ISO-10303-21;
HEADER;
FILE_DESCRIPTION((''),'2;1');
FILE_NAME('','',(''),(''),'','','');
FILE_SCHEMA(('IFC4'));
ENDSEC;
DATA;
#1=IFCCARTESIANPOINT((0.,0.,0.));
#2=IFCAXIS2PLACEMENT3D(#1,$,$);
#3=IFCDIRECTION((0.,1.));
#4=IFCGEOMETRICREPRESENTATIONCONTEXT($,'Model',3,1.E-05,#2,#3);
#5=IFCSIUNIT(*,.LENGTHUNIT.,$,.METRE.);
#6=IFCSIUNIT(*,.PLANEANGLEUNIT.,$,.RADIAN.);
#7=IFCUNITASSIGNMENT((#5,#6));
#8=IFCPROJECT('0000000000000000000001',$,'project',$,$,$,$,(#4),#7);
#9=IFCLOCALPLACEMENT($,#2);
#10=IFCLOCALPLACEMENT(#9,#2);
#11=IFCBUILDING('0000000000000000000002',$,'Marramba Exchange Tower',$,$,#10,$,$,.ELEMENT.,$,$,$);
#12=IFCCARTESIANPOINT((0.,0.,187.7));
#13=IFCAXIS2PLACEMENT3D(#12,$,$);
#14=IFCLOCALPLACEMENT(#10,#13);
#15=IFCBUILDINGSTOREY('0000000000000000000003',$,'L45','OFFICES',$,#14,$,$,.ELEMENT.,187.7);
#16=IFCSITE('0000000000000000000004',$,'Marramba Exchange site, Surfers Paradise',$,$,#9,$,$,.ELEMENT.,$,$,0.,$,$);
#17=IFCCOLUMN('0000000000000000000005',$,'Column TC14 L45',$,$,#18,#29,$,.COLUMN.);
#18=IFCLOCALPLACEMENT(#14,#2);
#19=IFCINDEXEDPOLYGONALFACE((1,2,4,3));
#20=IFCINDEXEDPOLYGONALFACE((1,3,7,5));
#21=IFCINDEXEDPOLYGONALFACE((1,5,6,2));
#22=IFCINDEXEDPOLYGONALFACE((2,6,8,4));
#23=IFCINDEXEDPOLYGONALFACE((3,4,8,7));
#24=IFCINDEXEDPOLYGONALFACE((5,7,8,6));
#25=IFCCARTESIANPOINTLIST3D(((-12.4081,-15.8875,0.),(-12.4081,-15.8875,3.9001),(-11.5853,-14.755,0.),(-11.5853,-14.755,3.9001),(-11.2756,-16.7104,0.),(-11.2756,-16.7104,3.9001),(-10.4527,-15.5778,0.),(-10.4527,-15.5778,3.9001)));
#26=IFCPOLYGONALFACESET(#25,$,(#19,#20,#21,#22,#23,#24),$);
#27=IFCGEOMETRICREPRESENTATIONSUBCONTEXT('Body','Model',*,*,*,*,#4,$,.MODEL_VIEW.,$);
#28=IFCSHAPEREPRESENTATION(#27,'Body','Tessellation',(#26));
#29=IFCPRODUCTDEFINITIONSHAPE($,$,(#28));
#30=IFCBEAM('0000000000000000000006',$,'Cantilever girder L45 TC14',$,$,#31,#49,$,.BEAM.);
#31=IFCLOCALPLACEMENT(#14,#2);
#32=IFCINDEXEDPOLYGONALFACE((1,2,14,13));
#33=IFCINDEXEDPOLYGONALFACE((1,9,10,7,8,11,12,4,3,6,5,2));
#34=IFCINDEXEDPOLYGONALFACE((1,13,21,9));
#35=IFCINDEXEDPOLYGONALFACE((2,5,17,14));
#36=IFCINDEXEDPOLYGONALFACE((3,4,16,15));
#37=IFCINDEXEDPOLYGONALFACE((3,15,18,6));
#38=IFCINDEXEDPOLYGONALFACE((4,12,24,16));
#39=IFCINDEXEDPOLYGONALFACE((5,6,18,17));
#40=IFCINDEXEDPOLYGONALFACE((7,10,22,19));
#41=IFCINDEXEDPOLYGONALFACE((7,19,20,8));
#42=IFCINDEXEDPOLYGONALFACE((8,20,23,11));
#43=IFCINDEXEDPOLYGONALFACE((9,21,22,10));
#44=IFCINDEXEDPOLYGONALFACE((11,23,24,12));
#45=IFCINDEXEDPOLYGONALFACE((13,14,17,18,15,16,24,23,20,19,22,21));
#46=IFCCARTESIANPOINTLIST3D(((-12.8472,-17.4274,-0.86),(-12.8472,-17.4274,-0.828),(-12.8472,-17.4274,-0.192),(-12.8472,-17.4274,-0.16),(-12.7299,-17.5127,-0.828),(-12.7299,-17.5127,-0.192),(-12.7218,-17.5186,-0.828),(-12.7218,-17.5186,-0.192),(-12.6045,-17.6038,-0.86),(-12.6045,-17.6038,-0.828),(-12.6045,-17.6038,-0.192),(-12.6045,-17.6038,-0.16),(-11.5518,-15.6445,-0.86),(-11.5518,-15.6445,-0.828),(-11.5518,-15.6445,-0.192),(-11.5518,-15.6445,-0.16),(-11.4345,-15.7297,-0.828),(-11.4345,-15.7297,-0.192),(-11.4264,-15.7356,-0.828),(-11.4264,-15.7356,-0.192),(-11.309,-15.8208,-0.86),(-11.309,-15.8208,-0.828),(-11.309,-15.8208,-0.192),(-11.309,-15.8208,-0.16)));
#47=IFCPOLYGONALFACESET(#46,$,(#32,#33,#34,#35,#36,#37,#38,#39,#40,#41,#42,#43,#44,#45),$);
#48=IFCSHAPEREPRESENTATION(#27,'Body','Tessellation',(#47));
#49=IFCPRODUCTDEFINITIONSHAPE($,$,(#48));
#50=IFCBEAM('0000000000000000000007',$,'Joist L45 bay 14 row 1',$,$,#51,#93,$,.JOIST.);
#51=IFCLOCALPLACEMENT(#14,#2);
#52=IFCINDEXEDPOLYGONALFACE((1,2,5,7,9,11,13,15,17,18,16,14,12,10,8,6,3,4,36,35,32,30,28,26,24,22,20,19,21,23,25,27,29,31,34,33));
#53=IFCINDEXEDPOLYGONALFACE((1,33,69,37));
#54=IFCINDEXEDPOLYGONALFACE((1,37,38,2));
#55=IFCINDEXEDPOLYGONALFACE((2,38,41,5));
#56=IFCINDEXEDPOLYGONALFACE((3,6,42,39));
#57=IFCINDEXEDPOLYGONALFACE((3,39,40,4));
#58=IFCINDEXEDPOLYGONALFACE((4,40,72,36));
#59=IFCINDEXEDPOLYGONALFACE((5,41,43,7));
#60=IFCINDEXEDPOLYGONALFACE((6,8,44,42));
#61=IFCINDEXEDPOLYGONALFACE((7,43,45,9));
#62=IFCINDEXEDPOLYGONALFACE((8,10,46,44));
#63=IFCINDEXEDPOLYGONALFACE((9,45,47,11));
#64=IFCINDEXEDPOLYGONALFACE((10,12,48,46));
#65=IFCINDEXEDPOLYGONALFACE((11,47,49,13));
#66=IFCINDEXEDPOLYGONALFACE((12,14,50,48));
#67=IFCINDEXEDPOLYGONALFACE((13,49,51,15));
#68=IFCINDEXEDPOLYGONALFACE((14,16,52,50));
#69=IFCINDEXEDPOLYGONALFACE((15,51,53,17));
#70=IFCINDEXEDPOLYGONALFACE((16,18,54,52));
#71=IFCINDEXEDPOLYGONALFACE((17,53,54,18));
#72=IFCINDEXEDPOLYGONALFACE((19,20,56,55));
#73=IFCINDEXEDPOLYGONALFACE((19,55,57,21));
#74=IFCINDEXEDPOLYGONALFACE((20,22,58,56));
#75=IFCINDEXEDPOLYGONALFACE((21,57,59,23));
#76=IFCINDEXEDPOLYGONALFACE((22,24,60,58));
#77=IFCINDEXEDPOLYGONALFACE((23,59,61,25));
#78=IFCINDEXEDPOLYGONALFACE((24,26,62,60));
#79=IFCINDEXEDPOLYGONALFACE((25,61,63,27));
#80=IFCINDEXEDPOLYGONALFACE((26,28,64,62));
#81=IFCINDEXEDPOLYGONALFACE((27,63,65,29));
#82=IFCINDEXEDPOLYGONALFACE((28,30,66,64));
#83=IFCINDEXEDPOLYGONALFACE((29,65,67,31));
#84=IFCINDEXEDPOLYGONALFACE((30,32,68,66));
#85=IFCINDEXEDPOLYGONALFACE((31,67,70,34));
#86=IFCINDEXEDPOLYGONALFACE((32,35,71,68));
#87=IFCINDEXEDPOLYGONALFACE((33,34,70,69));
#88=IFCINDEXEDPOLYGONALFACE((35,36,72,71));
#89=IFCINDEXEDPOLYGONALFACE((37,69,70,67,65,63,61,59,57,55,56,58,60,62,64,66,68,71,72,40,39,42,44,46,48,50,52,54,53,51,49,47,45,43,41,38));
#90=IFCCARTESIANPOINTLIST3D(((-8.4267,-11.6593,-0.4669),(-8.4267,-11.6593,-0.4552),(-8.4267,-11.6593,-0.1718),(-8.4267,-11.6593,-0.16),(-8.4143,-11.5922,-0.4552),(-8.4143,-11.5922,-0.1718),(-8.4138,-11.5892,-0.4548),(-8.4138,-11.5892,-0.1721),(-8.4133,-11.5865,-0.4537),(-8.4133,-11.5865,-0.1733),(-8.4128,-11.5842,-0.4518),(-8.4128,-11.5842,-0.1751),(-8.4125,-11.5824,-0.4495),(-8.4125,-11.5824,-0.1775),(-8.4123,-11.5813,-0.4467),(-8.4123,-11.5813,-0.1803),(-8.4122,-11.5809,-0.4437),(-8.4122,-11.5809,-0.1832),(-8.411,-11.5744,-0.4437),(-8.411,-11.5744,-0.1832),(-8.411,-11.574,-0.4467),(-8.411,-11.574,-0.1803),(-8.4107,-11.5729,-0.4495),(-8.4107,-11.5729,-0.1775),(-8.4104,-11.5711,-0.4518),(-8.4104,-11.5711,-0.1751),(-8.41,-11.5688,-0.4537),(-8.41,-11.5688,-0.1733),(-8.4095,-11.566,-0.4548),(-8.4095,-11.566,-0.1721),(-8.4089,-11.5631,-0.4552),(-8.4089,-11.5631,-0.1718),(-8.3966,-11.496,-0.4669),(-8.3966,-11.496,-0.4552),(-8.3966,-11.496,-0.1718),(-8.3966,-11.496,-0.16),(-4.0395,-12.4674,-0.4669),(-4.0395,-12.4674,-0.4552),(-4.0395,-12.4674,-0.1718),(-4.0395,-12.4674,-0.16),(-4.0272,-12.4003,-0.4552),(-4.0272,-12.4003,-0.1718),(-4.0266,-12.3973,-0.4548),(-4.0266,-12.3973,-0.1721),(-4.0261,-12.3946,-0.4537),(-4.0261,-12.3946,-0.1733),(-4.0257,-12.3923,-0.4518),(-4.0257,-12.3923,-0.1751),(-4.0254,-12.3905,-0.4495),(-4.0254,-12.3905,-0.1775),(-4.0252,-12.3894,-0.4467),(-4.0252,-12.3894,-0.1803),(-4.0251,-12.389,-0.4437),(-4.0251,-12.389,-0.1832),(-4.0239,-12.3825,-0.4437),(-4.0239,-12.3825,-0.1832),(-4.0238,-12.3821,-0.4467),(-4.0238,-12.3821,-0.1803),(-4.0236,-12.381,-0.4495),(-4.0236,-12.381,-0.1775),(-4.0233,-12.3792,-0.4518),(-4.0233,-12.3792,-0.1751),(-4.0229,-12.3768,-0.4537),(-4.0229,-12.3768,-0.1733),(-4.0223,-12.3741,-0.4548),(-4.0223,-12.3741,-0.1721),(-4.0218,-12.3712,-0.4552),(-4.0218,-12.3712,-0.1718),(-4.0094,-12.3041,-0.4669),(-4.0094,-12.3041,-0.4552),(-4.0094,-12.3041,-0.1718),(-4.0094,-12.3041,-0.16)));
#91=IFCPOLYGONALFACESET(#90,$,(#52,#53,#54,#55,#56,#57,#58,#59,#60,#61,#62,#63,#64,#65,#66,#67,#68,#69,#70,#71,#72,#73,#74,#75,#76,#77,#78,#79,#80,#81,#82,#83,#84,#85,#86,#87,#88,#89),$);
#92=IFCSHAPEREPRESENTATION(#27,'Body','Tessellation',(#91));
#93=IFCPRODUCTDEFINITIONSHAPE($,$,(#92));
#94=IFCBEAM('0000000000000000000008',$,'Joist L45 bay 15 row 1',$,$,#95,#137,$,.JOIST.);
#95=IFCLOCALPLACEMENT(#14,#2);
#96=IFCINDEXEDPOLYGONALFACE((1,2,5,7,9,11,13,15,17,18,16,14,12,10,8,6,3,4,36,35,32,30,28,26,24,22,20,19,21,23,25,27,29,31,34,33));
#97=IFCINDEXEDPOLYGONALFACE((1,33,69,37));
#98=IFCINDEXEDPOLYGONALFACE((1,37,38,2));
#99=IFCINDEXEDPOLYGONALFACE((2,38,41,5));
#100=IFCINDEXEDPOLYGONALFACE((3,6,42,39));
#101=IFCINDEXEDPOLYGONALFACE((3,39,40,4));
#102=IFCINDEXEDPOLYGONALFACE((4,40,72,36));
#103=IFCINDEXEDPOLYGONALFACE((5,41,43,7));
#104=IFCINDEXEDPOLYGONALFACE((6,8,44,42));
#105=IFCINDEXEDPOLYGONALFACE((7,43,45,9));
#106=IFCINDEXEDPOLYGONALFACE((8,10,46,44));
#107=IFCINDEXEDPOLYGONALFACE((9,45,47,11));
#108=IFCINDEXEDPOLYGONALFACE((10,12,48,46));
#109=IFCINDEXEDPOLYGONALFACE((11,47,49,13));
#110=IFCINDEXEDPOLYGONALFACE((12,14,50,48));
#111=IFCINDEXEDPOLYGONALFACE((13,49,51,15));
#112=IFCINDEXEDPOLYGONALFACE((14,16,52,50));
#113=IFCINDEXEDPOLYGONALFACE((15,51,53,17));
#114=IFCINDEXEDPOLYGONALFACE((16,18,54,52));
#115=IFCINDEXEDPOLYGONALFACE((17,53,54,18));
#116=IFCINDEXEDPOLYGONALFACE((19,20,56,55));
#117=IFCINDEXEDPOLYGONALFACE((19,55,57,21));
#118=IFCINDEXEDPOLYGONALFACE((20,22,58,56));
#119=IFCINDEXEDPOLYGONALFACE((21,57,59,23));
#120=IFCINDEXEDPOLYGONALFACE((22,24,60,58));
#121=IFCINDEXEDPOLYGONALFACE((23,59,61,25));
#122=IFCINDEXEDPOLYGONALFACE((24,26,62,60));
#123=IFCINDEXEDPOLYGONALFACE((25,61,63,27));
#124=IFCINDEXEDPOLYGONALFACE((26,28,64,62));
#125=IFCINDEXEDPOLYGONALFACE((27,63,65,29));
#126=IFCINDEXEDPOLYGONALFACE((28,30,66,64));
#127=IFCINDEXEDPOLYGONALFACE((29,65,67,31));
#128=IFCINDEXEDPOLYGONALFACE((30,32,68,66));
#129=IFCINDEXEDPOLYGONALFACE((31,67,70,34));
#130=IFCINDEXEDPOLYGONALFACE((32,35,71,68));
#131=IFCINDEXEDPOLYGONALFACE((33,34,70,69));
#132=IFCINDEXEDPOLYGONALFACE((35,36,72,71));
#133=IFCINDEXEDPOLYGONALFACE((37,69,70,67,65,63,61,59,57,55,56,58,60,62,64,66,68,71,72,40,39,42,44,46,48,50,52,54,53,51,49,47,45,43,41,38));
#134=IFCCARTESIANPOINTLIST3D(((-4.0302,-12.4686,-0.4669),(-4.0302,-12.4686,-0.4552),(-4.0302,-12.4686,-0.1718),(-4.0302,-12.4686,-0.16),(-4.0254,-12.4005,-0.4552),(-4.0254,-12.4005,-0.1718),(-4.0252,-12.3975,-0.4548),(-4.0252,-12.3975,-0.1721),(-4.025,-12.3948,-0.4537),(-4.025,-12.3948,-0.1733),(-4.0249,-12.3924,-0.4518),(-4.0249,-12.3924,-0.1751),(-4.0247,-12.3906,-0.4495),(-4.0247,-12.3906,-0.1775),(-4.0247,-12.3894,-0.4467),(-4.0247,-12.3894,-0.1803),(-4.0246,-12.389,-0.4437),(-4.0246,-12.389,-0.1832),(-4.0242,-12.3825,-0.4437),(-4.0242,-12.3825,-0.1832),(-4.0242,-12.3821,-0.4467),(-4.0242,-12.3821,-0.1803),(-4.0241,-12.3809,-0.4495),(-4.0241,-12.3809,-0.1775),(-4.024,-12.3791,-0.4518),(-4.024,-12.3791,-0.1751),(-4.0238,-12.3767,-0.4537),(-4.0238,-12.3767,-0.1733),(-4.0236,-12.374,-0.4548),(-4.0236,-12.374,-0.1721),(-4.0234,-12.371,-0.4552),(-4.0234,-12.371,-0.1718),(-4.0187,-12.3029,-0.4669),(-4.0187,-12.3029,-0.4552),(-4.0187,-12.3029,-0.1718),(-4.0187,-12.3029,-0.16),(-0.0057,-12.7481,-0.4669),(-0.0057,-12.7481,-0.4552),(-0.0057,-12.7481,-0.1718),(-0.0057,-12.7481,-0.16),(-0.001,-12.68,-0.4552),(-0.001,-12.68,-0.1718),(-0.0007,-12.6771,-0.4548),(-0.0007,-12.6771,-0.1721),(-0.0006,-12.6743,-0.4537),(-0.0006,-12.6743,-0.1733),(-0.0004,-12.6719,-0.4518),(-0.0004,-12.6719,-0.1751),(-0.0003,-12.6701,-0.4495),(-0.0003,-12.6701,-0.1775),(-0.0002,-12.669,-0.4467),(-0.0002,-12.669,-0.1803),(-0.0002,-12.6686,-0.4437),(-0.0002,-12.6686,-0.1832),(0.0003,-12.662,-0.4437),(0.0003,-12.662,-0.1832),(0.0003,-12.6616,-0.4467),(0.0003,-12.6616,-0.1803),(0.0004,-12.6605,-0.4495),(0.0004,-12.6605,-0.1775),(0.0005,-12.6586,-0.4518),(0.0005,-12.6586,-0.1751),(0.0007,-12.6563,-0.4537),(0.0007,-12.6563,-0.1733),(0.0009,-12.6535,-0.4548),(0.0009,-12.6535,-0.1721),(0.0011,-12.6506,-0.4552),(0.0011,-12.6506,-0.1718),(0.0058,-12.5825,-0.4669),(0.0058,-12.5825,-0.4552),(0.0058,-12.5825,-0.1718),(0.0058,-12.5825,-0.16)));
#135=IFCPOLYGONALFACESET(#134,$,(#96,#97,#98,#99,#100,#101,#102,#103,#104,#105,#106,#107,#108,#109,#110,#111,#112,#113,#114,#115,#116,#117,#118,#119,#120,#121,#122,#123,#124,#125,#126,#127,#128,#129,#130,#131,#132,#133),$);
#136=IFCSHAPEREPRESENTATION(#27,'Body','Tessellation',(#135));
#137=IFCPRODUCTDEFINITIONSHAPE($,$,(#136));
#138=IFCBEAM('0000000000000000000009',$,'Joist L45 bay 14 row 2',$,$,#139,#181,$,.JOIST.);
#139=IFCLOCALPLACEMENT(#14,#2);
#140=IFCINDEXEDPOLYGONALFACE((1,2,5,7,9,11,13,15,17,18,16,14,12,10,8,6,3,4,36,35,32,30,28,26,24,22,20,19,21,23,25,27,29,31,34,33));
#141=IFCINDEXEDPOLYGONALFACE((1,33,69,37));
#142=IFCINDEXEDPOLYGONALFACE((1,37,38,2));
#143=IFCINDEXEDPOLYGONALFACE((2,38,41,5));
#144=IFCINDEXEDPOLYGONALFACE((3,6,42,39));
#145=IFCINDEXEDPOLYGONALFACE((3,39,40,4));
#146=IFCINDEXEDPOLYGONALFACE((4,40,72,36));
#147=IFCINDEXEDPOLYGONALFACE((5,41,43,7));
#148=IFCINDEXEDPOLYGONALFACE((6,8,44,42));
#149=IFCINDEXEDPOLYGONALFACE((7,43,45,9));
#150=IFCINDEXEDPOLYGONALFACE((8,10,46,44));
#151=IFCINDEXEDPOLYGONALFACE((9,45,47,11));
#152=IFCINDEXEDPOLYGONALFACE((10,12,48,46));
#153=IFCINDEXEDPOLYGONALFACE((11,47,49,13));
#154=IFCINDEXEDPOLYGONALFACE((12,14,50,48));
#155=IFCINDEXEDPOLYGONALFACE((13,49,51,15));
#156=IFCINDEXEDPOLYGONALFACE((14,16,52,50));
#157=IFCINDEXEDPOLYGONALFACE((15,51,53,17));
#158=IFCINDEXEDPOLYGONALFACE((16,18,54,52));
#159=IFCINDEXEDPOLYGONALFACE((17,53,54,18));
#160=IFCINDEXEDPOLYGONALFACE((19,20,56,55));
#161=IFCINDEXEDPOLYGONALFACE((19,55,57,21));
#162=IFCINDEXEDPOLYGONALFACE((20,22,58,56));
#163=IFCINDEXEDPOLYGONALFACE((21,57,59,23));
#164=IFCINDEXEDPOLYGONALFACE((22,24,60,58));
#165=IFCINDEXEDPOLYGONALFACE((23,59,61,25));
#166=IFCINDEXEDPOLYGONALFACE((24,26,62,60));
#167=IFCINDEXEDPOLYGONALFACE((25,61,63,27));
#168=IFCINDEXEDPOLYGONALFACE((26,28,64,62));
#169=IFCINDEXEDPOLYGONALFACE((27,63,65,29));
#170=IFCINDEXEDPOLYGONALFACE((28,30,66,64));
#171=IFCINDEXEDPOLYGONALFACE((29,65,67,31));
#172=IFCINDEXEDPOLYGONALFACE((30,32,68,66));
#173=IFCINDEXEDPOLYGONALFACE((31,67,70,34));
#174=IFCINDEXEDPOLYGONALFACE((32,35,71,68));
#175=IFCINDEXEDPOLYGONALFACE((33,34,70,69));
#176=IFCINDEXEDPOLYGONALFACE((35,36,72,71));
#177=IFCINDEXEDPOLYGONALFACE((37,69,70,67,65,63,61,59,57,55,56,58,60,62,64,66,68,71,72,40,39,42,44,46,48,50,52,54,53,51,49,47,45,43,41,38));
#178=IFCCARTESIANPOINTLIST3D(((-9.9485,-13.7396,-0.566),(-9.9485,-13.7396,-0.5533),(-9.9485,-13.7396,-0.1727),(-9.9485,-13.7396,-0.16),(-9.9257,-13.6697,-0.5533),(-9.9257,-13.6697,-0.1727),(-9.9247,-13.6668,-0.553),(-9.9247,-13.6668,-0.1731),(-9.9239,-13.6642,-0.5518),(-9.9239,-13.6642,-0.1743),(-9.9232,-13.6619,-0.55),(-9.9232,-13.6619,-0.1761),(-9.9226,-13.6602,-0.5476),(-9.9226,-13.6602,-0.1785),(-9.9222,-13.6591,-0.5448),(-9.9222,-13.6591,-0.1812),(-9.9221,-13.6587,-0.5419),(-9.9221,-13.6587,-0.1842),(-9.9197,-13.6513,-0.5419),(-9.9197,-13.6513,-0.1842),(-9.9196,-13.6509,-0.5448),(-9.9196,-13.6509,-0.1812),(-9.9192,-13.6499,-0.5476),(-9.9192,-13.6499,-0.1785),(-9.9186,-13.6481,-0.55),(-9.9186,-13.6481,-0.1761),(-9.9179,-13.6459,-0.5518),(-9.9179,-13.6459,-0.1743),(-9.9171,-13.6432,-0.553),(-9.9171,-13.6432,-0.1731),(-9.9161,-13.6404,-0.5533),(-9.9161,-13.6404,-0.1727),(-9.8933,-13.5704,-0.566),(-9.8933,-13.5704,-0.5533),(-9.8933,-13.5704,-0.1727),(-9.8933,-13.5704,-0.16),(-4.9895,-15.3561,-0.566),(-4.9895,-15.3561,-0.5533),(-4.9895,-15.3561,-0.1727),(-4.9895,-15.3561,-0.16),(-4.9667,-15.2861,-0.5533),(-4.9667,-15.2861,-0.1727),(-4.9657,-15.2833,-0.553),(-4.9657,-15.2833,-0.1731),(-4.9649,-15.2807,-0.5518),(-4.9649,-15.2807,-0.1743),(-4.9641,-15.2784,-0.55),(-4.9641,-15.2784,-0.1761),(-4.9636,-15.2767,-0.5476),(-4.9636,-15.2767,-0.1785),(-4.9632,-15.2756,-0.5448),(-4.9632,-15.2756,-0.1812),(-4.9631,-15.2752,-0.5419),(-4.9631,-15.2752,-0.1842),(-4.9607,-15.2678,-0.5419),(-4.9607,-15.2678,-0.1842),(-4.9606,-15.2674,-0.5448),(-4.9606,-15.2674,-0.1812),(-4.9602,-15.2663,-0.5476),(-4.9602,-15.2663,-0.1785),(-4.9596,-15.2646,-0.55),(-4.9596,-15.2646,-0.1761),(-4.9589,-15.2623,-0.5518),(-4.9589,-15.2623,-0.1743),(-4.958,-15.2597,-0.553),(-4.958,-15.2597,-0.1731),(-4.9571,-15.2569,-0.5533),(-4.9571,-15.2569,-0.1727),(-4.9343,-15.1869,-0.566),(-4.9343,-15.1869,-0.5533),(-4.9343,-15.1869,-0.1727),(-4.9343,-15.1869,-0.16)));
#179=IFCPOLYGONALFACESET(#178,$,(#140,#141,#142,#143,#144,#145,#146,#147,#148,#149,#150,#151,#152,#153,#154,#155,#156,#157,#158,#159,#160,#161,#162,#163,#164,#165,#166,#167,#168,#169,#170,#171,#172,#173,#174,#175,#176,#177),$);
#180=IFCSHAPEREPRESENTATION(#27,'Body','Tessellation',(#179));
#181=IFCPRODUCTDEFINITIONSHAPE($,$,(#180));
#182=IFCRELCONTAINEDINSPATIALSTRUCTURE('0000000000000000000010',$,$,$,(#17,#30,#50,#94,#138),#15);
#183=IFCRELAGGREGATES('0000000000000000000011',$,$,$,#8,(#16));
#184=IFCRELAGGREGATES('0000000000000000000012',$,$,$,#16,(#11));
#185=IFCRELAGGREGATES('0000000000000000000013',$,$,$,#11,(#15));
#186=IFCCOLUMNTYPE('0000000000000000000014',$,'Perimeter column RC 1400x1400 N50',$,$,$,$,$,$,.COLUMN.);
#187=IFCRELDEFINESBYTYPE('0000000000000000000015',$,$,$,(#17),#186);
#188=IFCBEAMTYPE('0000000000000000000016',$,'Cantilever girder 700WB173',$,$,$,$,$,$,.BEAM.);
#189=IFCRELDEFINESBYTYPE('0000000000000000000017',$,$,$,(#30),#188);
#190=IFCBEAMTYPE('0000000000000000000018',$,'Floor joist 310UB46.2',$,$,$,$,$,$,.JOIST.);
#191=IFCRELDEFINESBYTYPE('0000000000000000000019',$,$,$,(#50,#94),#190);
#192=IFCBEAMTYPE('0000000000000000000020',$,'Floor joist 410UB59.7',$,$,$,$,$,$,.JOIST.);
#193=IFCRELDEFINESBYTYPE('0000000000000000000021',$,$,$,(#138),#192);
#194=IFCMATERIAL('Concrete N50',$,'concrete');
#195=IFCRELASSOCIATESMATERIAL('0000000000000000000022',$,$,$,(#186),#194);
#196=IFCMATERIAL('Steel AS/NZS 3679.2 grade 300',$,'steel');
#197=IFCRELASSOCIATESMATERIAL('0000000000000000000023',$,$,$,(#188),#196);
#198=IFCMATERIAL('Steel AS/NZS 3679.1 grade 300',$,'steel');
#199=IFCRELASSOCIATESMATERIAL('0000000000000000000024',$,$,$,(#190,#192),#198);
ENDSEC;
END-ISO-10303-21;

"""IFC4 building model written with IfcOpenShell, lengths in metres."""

from ifc_helpers import new_model, si_unit, direction, frame, origin, origin_2d, place, context, subcontext, project, spatial, rectangle, i_section, extrude, material, material_profile, profile_set, type_object, element, save


model = new_model("IFC4")

# Units and contexts
model_context = context("Model", 3, precision=1e-05, world=origin(), true_north=direction((0.0, 1.0)))
body_context = subcontext(model_context, "Body", "Model", "MODEL_VIEW")
ifc_project = project(units=[si_unit("LENGTHUNIT", "METRE"), si_unit("PLANEANGLEUNIT", "RADIAN")], contexts=[model_context])

# Site, building, storey
site_placement = place(None, origin())
site = spatial("IfcSite", under=ifc_project, at=site_placement, Name="Marramba Exchange site, Surfers Paradise", CompositionType="ELEMENT", RefElevation=0.0)
building_placement = place(site_placement, origin())
building = spatial("IfcBuilding", under=site, at=building_placement, Name="Marramba Exchange Tower", CompositionType="ELEMENT")
storey_placement = place(building_placement, frame((0.0, 0.0, 187.7)))
storey = spatial("IfcBuildingStorey", under=building, at=storey_placement, Name="L45", Description="OFFICES", CompositionType="ELEMENT", Elevation=187.7)

# Column
ifc_material_1 = material(Name="Concrete N50", Category="concrete")
ifc_material_profile_1 = material_profile(ifc_material_1, rectangle(XDim=1.3999, YDim=1.3999, at=origin_2d()), Name="RC 1400x1400")
ifc_profile_set_1 = profile_set([ifc_material_profile_1], Name="Concrete N50")
column_type = type_object("IfcColumnType", Name="Perimeter column RC 1400x1400 N50", PredefinedType="COLUMN", material=ifc_profile_set_1)
column_placement = place(storey_placement, frame((-11.4304, -15.7327, 0.0), z_axis=(0.0, 0.0, 1.0), x_axis=(-0.587785, -0.809017, 0.0)))
element("IfcColumn", 1, at=column_placement, inside=storey, type_object=column_type, Name="Column TC14 L45", PredefinedType="COLUMN", context=body_context, shape_type="SweptSolid", body=[
    extrude(rectangle(XDim=1.3999, YDim=1.3999, at=origin_2d()), origin(), (0.0, 0.0, 1.0), 3.9001),
])

# Beams
ifc_material_2 = material(Name="Steel AS/NZS 3679.2 grade 300", Category="steel")
ifc_material_profile_2 = material_profile(ifc_material_2, i_section(OverallWidth=0.3, OverallDepth=0.7, WebThickness=0.01, FlangeThickness=0.032, at=origin_2d()), Name="700WB173")
ifc_profile_set_2 = profile_set([ifc_material_profile_2], Name="Steel AS/NZS 3679.2 grade 300")
beam_type_1 = type_object("IfcBeamType", Name="Cantilever girder 700WB173", PredefinedType="BEAM", material=ifc_profile_set_2)
beam_1_placement = place(storey_placement, frame((-11.4304, -15.7327, -0.51), z_axis=(-0.58779, -0.809014, 0.0), x_axis=(0.809014, -0.58779, 0.0)))
element("IfcBeam", 2, at=beam_1_placement, inside=storey, type_object=beam_type_1, Name="Cantilever girder L45 TC14", PredefinedType="BEAM", context=body_context, shape_type="SweptSolid", body=[
    extrude(i_section(OverallWidth=0.3, OverallDepth=0.7, WebThickness=0.01, FlangeThickness=0.032, at=origin_2d()), origin(), (0.0, 0.0, 1.0), 2.2039),
])
ifc_material_3 = material(Name="Steel AS/NZS 3679.1 grade 300", Category="steel")
ifc_material_profile_3 = material_profile(ifc_material_3, i_section(OverallWidth=0.166, OverallDepth=0.3069, WebThickness=0.0066, FlangeThickness=0.0117, FilletRadius=0.0115, at=origin_2d()), Name="310UB46.2")
ifc_profile_set_3 = profile_set([ifc_material_profile_3], Name="Steel AS/NZS 3679.1 grade 300")
beam_type_2 = type_object("IfcBeamType", Name="Floor joist 310UB46.2", PredefinedType="JOIST", material=ifc_profile_set_3)
beam_2_placement = place(storey_placement, frame((-8.4116, -11.5776, -0.3135), z_axis=(0.983456, -0.181149, 0.0), x_axis=(0.181149, 0.983456, 0.0)))
element("IfcBeam", 3, at=beam_2_placement, inside=storey, type_object=beam_type_2, Name="Joist L45 bay 14 row 1", PredefinedType="JOIST", context=body_context, shape_type="SweptSolid", body=[
    extrude(i_section(OverallWidth=0.166, OverallDepth=0.3069, WebThickness=0.0066, FlangeThickness=0.0117, FilletRadius=0.0115, at=origin_2d()), origin(), (0.0, 0.0, 1.0), 4.4609),
])
beam_3_placement = place(storey_placement, frame((-4.0244, -12.3857, -0.3135), z_axis=(0.997596, -0.069294, 0.0), x_axis=(0.069294, 0.997596, 0.0)))
element("IfcBeam", 4, at=beam_3_placement, inside=storey, type_object=beam_type_2, Name="Joist L45 bay 15 row 1", PredefinedType="JOIST", context=body_context, shape_type="SweptSolid", body=[
    extrude(i_section(OverallWidth=0.166, OverallDepth=0.3069, WebThickness=0.0066, FlangeThickness=0.0117, FilletRadius=0.0115, at=origin_2d()), origin(), (0.0, 0.0, 1.0), 4.0342),
])
ifc_material_profile_4 = material_profile(ifc_material_3, i_section(OverallWidth=0.178, OverallDepth=0.406, WebThickness=0.0078, FlangeThickness=0.0127, FilletRadius=0.0115, at=origin_2d()), Name="410UB59.7")
ifc_profile_set_4 = profile_set([ifc_material_profile_4], Name="Steel AS/NZS 3679.1 grade 300")
beam_type_3 = type_object("IfcBeamType", Name="Floor joist 410UB59.7", PredefinedType="JOIST", material=ifc_profile_set_4)
beam_4_placement = place(storey_placement, frame((-9.9209, -13.655, -0.363), z_axis=(0.950764, -0.309916, 0.0), x_axis=(0.309916, 0.950764, 0.0)))
element("IfcBeam", 5, at=beam_4_placement, inside=storey, type_object=beam_type_3, Name="Joist L45 bay 14 row 2", PredefinedType="JOIST", context=body_context, shape_type="SweptSolid", body=[
    extrude(i_section(OverallWidth=0.178, OverallDepth=0.406, WebThickness=0.0078, FlangeThickness=0.0127, FilletRadius=0.0115, at=origin_2d()), origin(), (0.0, 0.0, 1.0), 5.2158),
])

save(model, "model.ifc")
